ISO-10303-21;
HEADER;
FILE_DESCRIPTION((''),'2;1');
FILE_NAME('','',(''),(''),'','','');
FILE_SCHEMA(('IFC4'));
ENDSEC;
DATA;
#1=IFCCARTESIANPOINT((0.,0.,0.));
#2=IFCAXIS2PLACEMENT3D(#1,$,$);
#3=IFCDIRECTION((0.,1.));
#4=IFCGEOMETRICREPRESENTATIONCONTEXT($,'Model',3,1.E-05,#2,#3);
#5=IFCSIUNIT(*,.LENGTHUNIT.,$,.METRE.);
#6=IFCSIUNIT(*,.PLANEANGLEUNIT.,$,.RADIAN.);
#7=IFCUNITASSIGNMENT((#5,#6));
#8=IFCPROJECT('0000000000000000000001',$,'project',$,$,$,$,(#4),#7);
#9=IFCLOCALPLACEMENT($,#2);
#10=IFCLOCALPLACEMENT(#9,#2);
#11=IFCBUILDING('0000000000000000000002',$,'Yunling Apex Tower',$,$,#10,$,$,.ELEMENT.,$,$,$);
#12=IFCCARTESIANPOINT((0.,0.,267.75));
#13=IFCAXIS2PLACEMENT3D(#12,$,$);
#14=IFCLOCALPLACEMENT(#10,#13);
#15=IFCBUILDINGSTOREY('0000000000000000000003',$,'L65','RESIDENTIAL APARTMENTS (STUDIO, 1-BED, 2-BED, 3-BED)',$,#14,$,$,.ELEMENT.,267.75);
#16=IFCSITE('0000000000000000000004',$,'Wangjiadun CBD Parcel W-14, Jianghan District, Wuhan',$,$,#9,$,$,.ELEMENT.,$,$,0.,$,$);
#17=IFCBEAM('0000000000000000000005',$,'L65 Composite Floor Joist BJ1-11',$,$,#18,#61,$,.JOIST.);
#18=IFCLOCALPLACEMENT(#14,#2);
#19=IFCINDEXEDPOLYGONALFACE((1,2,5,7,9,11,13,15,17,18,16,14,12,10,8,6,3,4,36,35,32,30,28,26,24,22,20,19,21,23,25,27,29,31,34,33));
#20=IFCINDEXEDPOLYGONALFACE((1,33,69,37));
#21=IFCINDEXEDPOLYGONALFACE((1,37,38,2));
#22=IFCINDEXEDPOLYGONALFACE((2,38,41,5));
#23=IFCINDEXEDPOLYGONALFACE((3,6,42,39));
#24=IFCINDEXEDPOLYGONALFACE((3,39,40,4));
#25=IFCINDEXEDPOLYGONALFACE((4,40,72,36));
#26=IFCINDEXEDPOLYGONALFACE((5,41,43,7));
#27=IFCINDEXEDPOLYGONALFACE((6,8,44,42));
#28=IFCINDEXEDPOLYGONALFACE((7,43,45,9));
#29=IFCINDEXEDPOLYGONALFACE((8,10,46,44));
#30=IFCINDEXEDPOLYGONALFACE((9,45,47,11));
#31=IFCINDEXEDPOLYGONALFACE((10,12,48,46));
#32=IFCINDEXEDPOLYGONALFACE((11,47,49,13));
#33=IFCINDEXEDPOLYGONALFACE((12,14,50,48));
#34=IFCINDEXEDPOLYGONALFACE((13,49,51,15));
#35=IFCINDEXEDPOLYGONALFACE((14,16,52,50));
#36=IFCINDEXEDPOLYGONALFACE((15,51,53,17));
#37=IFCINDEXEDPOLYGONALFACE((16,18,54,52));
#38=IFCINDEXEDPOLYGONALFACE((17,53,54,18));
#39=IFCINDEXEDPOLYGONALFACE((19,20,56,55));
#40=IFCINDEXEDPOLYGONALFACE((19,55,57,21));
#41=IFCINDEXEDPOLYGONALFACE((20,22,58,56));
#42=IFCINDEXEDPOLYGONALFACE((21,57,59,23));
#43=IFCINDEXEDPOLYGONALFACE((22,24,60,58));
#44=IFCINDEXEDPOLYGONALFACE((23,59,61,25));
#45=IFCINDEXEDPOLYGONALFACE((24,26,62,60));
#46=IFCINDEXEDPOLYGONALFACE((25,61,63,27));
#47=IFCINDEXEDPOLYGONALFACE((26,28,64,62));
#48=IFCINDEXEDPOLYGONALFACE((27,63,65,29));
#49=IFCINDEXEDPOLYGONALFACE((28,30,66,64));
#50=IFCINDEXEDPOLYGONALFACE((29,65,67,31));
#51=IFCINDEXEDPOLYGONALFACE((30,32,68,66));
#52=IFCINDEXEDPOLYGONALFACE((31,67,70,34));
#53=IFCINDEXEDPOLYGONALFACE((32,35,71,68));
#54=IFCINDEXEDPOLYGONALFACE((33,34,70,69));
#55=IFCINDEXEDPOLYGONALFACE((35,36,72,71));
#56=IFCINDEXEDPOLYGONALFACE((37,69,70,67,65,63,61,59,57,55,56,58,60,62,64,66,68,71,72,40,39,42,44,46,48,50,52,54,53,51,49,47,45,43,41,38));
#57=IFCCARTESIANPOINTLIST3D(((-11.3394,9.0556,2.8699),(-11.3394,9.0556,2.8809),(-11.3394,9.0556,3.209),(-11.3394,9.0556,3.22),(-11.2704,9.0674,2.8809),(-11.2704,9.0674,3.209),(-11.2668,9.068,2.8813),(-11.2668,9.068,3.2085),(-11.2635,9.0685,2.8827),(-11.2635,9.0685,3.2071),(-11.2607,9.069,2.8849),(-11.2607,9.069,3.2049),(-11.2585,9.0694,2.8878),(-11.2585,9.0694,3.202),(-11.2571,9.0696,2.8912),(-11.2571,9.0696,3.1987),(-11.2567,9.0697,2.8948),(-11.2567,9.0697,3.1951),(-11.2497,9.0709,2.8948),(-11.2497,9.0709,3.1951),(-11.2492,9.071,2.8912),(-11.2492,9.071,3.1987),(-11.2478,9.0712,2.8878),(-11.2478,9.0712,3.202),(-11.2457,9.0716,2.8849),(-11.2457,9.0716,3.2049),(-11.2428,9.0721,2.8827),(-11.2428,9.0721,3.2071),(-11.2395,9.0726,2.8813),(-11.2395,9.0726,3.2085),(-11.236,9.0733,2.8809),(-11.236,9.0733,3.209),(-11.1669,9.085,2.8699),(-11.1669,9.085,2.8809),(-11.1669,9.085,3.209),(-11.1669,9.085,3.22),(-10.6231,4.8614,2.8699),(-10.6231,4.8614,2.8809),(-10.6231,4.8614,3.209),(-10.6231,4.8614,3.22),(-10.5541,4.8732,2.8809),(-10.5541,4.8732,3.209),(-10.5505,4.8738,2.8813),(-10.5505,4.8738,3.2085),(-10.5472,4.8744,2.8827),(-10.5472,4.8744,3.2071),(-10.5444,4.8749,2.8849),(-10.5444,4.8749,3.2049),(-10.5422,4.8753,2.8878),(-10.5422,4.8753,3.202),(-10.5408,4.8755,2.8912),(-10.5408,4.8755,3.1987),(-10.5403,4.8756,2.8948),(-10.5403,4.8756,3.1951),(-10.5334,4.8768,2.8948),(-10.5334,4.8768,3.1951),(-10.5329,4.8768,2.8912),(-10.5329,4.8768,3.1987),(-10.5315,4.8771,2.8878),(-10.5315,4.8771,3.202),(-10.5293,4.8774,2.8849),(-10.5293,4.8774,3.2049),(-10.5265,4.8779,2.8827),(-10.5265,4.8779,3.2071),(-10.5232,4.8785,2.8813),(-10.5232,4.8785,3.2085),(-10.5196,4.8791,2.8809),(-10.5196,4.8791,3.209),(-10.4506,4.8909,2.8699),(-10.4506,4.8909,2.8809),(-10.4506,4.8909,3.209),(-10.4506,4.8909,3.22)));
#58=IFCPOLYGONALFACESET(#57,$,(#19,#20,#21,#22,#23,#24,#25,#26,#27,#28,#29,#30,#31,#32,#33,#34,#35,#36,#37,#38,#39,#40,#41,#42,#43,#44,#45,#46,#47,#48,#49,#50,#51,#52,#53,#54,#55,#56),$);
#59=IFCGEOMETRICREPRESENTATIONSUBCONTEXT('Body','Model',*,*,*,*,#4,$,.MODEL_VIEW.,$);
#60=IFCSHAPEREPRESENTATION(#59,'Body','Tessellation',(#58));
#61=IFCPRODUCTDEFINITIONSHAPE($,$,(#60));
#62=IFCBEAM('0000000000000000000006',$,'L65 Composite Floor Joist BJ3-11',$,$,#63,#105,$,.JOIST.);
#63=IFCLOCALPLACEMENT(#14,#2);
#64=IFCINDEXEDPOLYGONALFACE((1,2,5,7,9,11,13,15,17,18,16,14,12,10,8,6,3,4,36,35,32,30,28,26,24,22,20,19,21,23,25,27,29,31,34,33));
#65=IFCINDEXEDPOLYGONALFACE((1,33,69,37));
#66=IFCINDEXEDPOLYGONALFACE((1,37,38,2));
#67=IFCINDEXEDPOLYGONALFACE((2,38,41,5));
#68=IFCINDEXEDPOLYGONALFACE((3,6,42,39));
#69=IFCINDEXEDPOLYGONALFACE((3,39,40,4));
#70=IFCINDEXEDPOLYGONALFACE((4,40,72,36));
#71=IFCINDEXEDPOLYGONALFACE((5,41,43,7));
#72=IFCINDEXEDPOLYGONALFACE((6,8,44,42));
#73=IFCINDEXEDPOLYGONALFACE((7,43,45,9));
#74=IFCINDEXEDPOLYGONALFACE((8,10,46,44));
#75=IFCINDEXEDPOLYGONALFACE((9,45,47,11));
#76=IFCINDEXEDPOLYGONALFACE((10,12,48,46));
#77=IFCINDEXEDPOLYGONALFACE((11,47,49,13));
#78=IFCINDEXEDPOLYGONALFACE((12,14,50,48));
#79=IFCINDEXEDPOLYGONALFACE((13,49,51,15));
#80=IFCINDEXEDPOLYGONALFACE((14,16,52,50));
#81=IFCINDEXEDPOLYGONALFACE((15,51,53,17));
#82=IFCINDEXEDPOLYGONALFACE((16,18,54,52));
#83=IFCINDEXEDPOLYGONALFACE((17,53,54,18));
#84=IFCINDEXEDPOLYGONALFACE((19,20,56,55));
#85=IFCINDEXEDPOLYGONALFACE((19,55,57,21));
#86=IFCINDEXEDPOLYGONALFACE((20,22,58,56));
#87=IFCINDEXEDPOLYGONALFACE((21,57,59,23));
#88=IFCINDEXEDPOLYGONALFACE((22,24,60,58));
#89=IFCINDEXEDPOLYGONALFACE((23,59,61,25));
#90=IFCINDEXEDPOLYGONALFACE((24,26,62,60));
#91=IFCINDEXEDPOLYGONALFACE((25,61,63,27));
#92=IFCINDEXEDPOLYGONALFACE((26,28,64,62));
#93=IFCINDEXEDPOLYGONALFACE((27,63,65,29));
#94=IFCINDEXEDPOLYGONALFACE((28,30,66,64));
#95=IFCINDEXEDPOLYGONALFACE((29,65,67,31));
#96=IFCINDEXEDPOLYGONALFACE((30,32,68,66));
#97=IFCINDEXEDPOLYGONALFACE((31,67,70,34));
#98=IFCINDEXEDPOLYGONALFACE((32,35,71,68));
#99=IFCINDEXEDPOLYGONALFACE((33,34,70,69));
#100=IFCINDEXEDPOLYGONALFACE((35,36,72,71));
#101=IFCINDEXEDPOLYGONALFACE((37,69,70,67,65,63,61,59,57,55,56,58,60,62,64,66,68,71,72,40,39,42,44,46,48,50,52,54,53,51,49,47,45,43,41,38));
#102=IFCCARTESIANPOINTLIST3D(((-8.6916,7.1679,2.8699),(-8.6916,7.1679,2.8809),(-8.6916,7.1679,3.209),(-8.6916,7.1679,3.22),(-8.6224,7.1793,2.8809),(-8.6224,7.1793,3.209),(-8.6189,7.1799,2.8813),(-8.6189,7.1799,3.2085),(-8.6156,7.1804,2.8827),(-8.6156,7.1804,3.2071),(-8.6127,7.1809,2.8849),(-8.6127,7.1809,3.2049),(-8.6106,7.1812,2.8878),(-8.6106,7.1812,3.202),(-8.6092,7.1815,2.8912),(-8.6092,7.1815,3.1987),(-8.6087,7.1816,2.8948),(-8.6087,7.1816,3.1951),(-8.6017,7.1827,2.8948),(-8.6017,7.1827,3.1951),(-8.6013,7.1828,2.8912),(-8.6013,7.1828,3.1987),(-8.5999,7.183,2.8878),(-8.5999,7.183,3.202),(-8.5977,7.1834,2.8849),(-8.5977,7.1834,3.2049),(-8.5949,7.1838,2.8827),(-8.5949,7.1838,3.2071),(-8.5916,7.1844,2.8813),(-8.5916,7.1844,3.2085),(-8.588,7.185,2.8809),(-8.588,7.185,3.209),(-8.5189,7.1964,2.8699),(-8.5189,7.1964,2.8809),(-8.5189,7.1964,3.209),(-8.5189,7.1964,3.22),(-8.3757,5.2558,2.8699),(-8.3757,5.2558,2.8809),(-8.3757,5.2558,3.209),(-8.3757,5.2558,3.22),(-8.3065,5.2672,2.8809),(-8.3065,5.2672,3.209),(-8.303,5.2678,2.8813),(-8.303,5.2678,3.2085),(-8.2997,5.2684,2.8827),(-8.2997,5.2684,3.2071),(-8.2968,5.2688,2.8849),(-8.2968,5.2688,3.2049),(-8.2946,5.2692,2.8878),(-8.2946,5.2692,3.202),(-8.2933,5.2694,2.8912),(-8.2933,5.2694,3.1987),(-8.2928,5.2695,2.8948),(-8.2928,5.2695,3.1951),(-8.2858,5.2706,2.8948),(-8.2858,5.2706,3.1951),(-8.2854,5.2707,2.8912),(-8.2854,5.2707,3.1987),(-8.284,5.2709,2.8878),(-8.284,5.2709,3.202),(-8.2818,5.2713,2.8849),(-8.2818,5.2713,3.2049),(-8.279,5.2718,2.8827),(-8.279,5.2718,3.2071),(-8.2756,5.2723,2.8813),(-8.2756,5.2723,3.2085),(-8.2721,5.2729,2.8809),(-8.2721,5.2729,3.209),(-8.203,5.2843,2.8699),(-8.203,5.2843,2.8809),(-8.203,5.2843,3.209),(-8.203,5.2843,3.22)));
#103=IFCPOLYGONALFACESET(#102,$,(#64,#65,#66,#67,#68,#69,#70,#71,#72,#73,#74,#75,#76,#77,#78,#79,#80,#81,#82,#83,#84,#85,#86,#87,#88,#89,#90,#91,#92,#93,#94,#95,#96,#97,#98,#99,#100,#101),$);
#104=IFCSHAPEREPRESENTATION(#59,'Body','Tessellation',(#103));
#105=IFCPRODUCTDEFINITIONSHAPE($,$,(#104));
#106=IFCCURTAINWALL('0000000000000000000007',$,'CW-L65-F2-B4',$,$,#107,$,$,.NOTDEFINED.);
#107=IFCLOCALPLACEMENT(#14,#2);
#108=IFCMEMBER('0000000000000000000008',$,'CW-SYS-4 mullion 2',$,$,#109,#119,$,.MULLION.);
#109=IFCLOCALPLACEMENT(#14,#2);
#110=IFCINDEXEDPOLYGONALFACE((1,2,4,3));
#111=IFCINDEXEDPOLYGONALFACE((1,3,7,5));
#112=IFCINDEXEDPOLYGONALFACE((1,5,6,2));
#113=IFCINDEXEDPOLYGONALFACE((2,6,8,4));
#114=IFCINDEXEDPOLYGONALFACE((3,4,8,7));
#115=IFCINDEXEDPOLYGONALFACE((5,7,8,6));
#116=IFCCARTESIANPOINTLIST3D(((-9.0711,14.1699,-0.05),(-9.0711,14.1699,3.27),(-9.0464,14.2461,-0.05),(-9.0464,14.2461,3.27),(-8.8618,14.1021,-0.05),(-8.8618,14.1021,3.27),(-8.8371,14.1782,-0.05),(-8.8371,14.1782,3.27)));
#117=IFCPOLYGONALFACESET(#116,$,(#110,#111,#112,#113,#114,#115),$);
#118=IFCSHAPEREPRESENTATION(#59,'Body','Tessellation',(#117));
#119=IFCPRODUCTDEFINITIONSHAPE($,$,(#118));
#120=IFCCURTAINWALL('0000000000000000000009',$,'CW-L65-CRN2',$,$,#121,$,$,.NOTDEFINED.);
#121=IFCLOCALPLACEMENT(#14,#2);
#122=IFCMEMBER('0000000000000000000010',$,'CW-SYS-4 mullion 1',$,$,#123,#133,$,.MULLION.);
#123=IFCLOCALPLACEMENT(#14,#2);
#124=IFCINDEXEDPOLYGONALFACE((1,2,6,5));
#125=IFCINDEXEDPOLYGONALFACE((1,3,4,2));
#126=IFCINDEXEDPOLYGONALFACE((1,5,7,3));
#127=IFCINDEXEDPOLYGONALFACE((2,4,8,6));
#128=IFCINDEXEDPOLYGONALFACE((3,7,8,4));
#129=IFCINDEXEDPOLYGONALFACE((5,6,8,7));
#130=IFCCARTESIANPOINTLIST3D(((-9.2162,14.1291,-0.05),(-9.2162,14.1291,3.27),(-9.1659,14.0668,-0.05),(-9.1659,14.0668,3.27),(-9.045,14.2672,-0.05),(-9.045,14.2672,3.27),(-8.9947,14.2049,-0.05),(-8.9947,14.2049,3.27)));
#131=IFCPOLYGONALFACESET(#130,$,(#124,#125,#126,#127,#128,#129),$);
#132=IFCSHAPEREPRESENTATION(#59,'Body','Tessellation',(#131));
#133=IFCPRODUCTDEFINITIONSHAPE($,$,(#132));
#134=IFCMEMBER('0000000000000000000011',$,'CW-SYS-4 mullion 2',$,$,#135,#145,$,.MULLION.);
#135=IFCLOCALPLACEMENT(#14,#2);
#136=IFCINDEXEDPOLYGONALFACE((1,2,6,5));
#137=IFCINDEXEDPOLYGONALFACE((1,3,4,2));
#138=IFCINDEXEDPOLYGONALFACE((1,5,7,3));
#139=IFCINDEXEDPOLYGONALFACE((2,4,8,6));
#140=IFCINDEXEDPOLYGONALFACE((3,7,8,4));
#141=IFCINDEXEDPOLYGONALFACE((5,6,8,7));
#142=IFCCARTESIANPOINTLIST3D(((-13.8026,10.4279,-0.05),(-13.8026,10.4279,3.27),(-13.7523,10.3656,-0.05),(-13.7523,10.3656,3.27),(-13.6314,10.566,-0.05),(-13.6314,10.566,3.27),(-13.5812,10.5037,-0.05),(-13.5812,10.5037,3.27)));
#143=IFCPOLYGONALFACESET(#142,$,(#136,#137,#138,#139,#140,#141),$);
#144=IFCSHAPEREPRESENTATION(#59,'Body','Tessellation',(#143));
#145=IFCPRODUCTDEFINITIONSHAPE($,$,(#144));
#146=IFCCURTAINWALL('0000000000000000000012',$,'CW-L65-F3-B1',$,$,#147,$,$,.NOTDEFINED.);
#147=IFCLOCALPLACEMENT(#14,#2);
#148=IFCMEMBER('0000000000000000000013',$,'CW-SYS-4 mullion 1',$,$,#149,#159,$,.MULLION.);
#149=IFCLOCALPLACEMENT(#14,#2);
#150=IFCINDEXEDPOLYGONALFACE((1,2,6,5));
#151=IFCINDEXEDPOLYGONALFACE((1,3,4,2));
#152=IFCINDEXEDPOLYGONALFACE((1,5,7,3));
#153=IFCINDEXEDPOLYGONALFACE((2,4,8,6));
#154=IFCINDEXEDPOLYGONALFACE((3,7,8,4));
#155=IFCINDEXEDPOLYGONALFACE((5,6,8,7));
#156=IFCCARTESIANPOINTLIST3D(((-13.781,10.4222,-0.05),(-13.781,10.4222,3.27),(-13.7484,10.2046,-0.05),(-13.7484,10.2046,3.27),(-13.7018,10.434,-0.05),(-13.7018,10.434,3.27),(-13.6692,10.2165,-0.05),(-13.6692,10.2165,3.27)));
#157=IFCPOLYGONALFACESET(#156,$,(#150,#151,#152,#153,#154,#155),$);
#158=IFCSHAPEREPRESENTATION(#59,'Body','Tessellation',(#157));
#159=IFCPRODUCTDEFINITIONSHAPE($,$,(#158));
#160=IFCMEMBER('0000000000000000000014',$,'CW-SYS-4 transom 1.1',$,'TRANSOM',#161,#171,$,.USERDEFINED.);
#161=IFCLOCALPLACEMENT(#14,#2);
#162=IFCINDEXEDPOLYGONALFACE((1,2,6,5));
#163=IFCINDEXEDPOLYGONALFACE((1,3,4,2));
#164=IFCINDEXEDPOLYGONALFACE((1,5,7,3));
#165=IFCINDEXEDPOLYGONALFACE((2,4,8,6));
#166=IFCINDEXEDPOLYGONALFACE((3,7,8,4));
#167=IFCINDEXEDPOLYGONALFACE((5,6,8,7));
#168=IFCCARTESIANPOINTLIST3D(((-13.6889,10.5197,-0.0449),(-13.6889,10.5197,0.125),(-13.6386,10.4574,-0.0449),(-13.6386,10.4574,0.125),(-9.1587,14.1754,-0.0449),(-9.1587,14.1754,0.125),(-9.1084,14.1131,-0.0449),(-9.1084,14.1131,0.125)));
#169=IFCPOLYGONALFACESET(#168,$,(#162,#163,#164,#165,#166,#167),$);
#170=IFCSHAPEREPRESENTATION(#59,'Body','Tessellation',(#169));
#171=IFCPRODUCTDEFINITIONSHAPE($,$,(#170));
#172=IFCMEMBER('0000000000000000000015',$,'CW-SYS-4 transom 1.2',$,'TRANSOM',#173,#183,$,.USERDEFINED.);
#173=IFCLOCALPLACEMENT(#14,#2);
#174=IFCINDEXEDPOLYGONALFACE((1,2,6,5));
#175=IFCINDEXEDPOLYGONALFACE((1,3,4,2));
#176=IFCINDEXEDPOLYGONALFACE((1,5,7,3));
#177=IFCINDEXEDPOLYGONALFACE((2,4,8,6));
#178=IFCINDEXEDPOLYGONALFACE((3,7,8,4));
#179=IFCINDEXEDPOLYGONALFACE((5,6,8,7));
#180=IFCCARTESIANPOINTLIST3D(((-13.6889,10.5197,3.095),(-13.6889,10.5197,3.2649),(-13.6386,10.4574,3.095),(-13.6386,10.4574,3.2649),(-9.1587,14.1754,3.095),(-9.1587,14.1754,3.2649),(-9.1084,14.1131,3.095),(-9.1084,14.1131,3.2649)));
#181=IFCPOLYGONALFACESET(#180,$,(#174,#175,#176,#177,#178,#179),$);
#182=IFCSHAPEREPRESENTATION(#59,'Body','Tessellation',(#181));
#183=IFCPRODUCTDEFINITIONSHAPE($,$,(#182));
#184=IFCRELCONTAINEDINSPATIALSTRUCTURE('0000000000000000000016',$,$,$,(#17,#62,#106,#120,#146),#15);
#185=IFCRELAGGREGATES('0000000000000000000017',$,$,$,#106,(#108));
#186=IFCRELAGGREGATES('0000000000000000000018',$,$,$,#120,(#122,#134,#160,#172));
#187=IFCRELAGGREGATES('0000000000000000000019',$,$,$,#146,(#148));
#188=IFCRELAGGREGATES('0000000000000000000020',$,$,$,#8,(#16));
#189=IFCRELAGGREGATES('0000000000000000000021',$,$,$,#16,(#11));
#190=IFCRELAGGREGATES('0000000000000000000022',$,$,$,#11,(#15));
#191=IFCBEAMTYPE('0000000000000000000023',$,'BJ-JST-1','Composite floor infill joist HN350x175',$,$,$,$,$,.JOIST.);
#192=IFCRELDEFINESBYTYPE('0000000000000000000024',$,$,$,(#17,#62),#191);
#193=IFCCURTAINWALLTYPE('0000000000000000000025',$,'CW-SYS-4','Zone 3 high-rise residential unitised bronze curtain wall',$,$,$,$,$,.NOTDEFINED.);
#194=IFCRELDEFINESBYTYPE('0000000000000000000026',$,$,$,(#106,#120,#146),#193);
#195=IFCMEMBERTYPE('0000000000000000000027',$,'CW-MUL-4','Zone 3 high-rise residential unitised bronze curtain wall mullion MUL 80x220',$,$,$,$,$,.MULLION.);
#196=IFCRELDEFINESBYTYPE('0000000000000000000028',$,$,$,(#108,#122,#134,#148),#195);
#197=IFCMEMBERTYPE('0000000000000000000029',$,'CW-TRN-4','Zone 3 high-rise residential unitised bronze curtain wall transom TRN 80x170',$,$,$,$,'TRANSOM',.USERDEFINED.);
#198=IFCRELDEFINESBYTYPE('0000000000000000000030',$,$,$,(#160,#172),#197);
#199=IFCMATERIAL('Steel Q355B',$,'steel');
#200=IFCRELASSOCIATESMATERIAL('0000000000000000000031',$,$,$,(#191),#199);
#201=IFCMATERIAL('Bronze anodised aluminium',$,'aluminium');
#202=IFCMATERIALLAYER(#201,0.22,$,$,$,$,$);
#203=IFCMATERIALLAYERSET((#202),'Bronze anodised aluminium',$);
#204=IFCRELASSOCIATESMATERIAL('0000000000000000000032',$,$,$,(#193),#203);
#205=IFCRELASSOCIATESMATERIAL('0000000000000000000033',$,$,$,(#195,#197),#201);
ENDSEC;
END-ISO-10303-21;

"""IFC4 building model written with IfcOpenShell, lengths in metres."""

from ifc_helpers import new_model, si_unit, direction, frame, origin, origin_2d, place, context, subcontext, project, spatial, rectangle, i_section, extrude, source, transform, mapped, material, layer, layer_set, material_profile, profile_set, type_object, element, aggregate, save


model = new_model("IFC4")

# Units and contexts
model_context = context("Model", 3, precision=1e-05, world=origin(), true_north=direction((0.0, 1.0)))
body_context = subcontext(model_context, "Body", "Model", "MODEL_VIEW")
ifc_project = project(units=[si_unit("LENGTHUNIT", "METRE"), si_unit("PLANEANGLEUNIT", "RADIAN")], contexts=[model_context])

# Site, building, storey
site_placement = place(None, origin())
site = spatial("IfcSite", under=ifc_project, at=site_placement, Name="Wangjiadun CBD Parcel W-14, Jianghan District, Wuhan", CompositionType="ELEMENT", RefElevation=0.0)
building_placement = place(site_placement, origin())
building = spatial("IfcBuilding", under=site, at=building_placement, Name="Yunling Apex Tower", CompositionType="ELEMENT")
storey_placement = place(building_placement, frame((0.0, 0.0, 267.75)))
storey = spatial("IfcBuildingStorey", under=building, at=storey_placement, Name="L65", Description="RESIDENTIAL APARTMENTS (STUDIO, 1-BED, 2-BED, 3-BED)", CompositionType="ELEMENT", Elevation=267.75)

# Shared definitions
ifc_material_1 = material(Name="Steel Q355B", Category="steel")

# Beams
ifc_material_profile_1 = material_profile(ifc_material_1, i_section(OverallWidth=0.175, OverallDepth=0.3501, WebThickness=0.0071, FlangeThickness=0.011, FilletRadius=0.0139, at=origin_2d()))
ifc_profile_set_1 = profile_set([ifc_material_profile_1], Name="Steel Q355B")
beam_type_1 = type_object("IfcBeamType", Name="BJ-JST-1", Description="Composite floor infill joist HN350x175", PredefinedType="JOIST", material=ifc_profile_set_1)
shared_shape_1 = source(origin(), body_context, "Body", "SweptSolid", [
    extrude(i_section(OverallWidth=0.175, OverallDepth=0.3501, WebThickness=0.0071, FlangeThickness=0.011, FilletRadius=0.0139, at=origin_2d()), origin(), (0.0, 0.0, 1.0), 4.2549),
])
beam_1_placement = place(storey_placement, frame((-11.2532, 9.0703, 3.0449), z_axis=(0.168352, -0.985727, 0.0), x_axis=(0.985727, 0.168352, 0.0)))
element("IfcBeam", 1, at=beam_1_placement, inside=storey, type_object=beam_type_1, Name="L65 Composite Floor Joist BJ1-11", PredefinedType="JOIST", context=body_context, shape_type="MappedRepresentation", body=[
    mapped(shared_shape_1, transform((0.0, 0.0, 0.0), scale=1.0)),
])
shared_shape_2 = source(origin(), body_context, "Body", "SweptSolid", [
    extrude(i_section(OverallWidth=0.175, OverallDepth=0.3501, WebThickness=0.0071, FlangeThickness=0.011, FilletRadius=0.0139, at=origin_2d()), origin(), (0.0, 0.0, 1.0), 1.938),
])
beam_2_placement = place(storey_placement, frame((-8.6052, 7.1821, 3.0449), z_axis=(0.16301, -0.986624, 0.0), x_axis=(0.986624, 0.16301, 0.0)))
element("IfcBeam", 2, at=beam_2_placement, inside=storey, type_object=beam_type_1, Name="L65 Composite Floor Joist BJ3-11", PredefinedType="JOIST", context=body_context, shape_type="MappedRepresentation", body=[
    mapped(shared_shape_2, transform((0.0, 0.0, 0.0), scale=1.0)),
])

# Curtain wall, member
ifc_material_2 = material(Name="Bronze anodised aluminium", Category="aluminium")
ifc_layer_1 = layer(ifc_material_2, 0.22)
ifc_layer_set_1 = layer_set([ifc_layer_1], Name="Bronze anodised aluminium")
curtain_wall_type = type_object("IfcCurtainWallType", Name="CW-SYS-4", Description="Zone 3 high-rise residential unitised bronze curtain wall", PredefinedType="NOTDEFINED", material=ifc_layer_set_1)
curtain_wall_1_placement = place(storey_placement, origin())
curtain_wall_1 = element("IfcCurtainWall", 3, at=curtain_wall_1_placement, inside=storey, type_object=curtain_wall_type, Name="CW-L65-F2-B4", PredefinedType="NOTDEFINED")
ifc_material_profile_2 = material_profile(ifc_material_2, rectangle(XDim=0.0801, YDim=0.22, at=origin_2d()))
ifc_profile_set_2 = profile_set([ifc_material_profile_2], Name="Bronze anodised aluminium")
member_type_1 = type_object("IfcMemberType", Name="CW-MUL-4", Description="Zone 3 high-rise residential unitised bronze curtain wall mullion MUL 80x220", PredefinedType="MULLION", material=ifc_profile_set_2)
shared_shape_3 = source(origin(), body_context, "Body", "SweptSolid", [
    extrude(rectangle(XDim=0.0801, YDim=0.22, at=origin_2d()), origin(), (0.0, 0.0, 1.0), 3.3201),
])
member_1_placement = place(storey_placement, frame((-8.9541, 14.1741, -0.05), z_axis=(0.0, 0.0, 1.0), x_axis=(-0.308353, -0.951272, 0.0)))
member_1 = element("IfcMember", 4, at=member_1_placement, type_object=member_type_1, Name="CW-SYS-4 mullion 2", PredefinedType="MULLION", context=body_context, shape_type="MappedRepresentation", body=[
    mapped(shared_shape_3, transform((0.0, 0.0, 0.0), scale=1.0)),
])

# Curtain wall, members
curtain_wall_2_placement = place(storey_placement, origin())
curtain_wall_2 = element("IfcCurtainWall", 5, at=curtain_wall_2_placement, inside=storey, type_object=curtain_wall_type, Name="CW-L65-CRN2", PredefinedType="NOTDEFINED")
member_2_placement = place(storey_placement, frame((-9.1055, 14.167, -0.05), z_axis=(0.0, 0.0, 1.0), x_axis=(0.627989, -0.778222, 0.0)))
member_2 = element("IfcMember", 6, at=member_2_placement, type_object=member_type_1, Name="CW-SYS-4 mullion 1", PredefinedType="MULLION", context=body_context, shape_type="MappedRepresentation", body=[
    mapped(shared_shape_3, transform((0.0, 0.0, 0.0), scale=1.0)),
])
member_3_placement = place(storey_placement, frame((-13.6919, 10.4658, -0.05), z_axis=(0.0, 0.0, 1.0), x_axis=(0.627989, -0.778222, 0.0)))
member_3 = element("IfcMember", 7, at=member_3_placement, type_object=member_type_1, Name="CW-SYS-4 mullion 2", PredefinedType="MULLION", context=body_context, shape_type="MappedRepresentation", body=[
    mapped(shared_shape_3, transform((0.0, 0.0, 0.0), scale=1.0)),
])

# Curtain wall, member
curtain_wall_3_placement = place(storey_placement, origin())
curtain_wall_3 = element("IfcCurtainWall", 8, at=curtain_wall_3_placement, inside=storey, type_object=curtain_wall_type, Name="CW-L65-F3-B1", PredefinedType="NOTDEFINED")
member_4_placement = place(storey_placement, frame((-13.7251, 10.3193, -0.05), z_axis=(0.0, 0.0, 1.0), x_axis=(0.989016, 0.147807, 0.0)))
member_4 = element("IfcMember", 9, at=member_4_placement, type_object=member_type_1, Name="CW-SYS-4 mullion 1", PredefinedType="MULLION", context=body_context, shape_type="MappedRepresentation", body=[
    mapped(shared_shape_3, transform((0.0, 0.0, 0.0), scale=1.0)),
])

# Members
ifc_material_profile_3 = material_profile(ifc_material_2, rectangle(XDim=0.0801, YDim=0.1699, at=origin_2d()))
ifc_profile_set_3 = profile_set([ifc_material_profile_3], Name="Bronze anodised aluminium")
member_type_2 = type_object("IfcMemberType", Name="CW-TRN-4", Description="Zone 3 high-rise residential unitised bronze curtain wall transom TRN 80x170", ElementType="TRANSOM", PredefinedType="USERDEFINED", material=ifc_profile_set_3)
shared_shape_4 = source(origin(), body_context, "Body", "SweptSolid", [
    extrude(rectangle(XDim=0.0801, YDim=0.1699, at=origin_2d()), origin(), (0.0, 0.0, 1.0), 5.8213),
])
member_5_placement = place(storey_placement, frame((-9.1335, 14.1443, 0.04), z_axis=(-0.778219, -0.627993, 0.0), x_axis=(0.627993, -0.778219, 0.0)))
member_5 = element("IfcMember", 10, at=member_5_placement, type_object=member_type_2, Name="CW-SYS-4 transom 1.1", ObjectType="TRANSOM", PredefinedType="USERDEFINED", context=body_context, shape_type="MappedRepresentation", body=[
    mapped(shared_shape_4, transform((0.0, 0.0, 0.0), scale=1.0)),
])
member_6_placement = place(storey_placement, frame((-9.1335, 14.1443, 3.1799), z_axis=(-0.778219, -0.627993, 0.0), x_axis=(0.627993, -0.778219, 0.0)))
member_6 = element("IfcMember", 11, at=member_6_placement, type_object=member_type_2, Name="CW-SYS-4 transom 1.2", ObjectType="TRANSOM", PredefinedType="USERDEFINED", context=body_context, shape_type="MappedRepresentation", body=[
    mapped(shared_shape_4, transform((0.0, 0.0, 0.0), scale=1.0)),
])

aggregate(curtain_wall_1, [member_1])
aggregate(curtain_wall_2, [member_2, member_3, member_5, member_6])
aggregate(curtain_wall_3, [member_4])

save(model, "model.ifc")
